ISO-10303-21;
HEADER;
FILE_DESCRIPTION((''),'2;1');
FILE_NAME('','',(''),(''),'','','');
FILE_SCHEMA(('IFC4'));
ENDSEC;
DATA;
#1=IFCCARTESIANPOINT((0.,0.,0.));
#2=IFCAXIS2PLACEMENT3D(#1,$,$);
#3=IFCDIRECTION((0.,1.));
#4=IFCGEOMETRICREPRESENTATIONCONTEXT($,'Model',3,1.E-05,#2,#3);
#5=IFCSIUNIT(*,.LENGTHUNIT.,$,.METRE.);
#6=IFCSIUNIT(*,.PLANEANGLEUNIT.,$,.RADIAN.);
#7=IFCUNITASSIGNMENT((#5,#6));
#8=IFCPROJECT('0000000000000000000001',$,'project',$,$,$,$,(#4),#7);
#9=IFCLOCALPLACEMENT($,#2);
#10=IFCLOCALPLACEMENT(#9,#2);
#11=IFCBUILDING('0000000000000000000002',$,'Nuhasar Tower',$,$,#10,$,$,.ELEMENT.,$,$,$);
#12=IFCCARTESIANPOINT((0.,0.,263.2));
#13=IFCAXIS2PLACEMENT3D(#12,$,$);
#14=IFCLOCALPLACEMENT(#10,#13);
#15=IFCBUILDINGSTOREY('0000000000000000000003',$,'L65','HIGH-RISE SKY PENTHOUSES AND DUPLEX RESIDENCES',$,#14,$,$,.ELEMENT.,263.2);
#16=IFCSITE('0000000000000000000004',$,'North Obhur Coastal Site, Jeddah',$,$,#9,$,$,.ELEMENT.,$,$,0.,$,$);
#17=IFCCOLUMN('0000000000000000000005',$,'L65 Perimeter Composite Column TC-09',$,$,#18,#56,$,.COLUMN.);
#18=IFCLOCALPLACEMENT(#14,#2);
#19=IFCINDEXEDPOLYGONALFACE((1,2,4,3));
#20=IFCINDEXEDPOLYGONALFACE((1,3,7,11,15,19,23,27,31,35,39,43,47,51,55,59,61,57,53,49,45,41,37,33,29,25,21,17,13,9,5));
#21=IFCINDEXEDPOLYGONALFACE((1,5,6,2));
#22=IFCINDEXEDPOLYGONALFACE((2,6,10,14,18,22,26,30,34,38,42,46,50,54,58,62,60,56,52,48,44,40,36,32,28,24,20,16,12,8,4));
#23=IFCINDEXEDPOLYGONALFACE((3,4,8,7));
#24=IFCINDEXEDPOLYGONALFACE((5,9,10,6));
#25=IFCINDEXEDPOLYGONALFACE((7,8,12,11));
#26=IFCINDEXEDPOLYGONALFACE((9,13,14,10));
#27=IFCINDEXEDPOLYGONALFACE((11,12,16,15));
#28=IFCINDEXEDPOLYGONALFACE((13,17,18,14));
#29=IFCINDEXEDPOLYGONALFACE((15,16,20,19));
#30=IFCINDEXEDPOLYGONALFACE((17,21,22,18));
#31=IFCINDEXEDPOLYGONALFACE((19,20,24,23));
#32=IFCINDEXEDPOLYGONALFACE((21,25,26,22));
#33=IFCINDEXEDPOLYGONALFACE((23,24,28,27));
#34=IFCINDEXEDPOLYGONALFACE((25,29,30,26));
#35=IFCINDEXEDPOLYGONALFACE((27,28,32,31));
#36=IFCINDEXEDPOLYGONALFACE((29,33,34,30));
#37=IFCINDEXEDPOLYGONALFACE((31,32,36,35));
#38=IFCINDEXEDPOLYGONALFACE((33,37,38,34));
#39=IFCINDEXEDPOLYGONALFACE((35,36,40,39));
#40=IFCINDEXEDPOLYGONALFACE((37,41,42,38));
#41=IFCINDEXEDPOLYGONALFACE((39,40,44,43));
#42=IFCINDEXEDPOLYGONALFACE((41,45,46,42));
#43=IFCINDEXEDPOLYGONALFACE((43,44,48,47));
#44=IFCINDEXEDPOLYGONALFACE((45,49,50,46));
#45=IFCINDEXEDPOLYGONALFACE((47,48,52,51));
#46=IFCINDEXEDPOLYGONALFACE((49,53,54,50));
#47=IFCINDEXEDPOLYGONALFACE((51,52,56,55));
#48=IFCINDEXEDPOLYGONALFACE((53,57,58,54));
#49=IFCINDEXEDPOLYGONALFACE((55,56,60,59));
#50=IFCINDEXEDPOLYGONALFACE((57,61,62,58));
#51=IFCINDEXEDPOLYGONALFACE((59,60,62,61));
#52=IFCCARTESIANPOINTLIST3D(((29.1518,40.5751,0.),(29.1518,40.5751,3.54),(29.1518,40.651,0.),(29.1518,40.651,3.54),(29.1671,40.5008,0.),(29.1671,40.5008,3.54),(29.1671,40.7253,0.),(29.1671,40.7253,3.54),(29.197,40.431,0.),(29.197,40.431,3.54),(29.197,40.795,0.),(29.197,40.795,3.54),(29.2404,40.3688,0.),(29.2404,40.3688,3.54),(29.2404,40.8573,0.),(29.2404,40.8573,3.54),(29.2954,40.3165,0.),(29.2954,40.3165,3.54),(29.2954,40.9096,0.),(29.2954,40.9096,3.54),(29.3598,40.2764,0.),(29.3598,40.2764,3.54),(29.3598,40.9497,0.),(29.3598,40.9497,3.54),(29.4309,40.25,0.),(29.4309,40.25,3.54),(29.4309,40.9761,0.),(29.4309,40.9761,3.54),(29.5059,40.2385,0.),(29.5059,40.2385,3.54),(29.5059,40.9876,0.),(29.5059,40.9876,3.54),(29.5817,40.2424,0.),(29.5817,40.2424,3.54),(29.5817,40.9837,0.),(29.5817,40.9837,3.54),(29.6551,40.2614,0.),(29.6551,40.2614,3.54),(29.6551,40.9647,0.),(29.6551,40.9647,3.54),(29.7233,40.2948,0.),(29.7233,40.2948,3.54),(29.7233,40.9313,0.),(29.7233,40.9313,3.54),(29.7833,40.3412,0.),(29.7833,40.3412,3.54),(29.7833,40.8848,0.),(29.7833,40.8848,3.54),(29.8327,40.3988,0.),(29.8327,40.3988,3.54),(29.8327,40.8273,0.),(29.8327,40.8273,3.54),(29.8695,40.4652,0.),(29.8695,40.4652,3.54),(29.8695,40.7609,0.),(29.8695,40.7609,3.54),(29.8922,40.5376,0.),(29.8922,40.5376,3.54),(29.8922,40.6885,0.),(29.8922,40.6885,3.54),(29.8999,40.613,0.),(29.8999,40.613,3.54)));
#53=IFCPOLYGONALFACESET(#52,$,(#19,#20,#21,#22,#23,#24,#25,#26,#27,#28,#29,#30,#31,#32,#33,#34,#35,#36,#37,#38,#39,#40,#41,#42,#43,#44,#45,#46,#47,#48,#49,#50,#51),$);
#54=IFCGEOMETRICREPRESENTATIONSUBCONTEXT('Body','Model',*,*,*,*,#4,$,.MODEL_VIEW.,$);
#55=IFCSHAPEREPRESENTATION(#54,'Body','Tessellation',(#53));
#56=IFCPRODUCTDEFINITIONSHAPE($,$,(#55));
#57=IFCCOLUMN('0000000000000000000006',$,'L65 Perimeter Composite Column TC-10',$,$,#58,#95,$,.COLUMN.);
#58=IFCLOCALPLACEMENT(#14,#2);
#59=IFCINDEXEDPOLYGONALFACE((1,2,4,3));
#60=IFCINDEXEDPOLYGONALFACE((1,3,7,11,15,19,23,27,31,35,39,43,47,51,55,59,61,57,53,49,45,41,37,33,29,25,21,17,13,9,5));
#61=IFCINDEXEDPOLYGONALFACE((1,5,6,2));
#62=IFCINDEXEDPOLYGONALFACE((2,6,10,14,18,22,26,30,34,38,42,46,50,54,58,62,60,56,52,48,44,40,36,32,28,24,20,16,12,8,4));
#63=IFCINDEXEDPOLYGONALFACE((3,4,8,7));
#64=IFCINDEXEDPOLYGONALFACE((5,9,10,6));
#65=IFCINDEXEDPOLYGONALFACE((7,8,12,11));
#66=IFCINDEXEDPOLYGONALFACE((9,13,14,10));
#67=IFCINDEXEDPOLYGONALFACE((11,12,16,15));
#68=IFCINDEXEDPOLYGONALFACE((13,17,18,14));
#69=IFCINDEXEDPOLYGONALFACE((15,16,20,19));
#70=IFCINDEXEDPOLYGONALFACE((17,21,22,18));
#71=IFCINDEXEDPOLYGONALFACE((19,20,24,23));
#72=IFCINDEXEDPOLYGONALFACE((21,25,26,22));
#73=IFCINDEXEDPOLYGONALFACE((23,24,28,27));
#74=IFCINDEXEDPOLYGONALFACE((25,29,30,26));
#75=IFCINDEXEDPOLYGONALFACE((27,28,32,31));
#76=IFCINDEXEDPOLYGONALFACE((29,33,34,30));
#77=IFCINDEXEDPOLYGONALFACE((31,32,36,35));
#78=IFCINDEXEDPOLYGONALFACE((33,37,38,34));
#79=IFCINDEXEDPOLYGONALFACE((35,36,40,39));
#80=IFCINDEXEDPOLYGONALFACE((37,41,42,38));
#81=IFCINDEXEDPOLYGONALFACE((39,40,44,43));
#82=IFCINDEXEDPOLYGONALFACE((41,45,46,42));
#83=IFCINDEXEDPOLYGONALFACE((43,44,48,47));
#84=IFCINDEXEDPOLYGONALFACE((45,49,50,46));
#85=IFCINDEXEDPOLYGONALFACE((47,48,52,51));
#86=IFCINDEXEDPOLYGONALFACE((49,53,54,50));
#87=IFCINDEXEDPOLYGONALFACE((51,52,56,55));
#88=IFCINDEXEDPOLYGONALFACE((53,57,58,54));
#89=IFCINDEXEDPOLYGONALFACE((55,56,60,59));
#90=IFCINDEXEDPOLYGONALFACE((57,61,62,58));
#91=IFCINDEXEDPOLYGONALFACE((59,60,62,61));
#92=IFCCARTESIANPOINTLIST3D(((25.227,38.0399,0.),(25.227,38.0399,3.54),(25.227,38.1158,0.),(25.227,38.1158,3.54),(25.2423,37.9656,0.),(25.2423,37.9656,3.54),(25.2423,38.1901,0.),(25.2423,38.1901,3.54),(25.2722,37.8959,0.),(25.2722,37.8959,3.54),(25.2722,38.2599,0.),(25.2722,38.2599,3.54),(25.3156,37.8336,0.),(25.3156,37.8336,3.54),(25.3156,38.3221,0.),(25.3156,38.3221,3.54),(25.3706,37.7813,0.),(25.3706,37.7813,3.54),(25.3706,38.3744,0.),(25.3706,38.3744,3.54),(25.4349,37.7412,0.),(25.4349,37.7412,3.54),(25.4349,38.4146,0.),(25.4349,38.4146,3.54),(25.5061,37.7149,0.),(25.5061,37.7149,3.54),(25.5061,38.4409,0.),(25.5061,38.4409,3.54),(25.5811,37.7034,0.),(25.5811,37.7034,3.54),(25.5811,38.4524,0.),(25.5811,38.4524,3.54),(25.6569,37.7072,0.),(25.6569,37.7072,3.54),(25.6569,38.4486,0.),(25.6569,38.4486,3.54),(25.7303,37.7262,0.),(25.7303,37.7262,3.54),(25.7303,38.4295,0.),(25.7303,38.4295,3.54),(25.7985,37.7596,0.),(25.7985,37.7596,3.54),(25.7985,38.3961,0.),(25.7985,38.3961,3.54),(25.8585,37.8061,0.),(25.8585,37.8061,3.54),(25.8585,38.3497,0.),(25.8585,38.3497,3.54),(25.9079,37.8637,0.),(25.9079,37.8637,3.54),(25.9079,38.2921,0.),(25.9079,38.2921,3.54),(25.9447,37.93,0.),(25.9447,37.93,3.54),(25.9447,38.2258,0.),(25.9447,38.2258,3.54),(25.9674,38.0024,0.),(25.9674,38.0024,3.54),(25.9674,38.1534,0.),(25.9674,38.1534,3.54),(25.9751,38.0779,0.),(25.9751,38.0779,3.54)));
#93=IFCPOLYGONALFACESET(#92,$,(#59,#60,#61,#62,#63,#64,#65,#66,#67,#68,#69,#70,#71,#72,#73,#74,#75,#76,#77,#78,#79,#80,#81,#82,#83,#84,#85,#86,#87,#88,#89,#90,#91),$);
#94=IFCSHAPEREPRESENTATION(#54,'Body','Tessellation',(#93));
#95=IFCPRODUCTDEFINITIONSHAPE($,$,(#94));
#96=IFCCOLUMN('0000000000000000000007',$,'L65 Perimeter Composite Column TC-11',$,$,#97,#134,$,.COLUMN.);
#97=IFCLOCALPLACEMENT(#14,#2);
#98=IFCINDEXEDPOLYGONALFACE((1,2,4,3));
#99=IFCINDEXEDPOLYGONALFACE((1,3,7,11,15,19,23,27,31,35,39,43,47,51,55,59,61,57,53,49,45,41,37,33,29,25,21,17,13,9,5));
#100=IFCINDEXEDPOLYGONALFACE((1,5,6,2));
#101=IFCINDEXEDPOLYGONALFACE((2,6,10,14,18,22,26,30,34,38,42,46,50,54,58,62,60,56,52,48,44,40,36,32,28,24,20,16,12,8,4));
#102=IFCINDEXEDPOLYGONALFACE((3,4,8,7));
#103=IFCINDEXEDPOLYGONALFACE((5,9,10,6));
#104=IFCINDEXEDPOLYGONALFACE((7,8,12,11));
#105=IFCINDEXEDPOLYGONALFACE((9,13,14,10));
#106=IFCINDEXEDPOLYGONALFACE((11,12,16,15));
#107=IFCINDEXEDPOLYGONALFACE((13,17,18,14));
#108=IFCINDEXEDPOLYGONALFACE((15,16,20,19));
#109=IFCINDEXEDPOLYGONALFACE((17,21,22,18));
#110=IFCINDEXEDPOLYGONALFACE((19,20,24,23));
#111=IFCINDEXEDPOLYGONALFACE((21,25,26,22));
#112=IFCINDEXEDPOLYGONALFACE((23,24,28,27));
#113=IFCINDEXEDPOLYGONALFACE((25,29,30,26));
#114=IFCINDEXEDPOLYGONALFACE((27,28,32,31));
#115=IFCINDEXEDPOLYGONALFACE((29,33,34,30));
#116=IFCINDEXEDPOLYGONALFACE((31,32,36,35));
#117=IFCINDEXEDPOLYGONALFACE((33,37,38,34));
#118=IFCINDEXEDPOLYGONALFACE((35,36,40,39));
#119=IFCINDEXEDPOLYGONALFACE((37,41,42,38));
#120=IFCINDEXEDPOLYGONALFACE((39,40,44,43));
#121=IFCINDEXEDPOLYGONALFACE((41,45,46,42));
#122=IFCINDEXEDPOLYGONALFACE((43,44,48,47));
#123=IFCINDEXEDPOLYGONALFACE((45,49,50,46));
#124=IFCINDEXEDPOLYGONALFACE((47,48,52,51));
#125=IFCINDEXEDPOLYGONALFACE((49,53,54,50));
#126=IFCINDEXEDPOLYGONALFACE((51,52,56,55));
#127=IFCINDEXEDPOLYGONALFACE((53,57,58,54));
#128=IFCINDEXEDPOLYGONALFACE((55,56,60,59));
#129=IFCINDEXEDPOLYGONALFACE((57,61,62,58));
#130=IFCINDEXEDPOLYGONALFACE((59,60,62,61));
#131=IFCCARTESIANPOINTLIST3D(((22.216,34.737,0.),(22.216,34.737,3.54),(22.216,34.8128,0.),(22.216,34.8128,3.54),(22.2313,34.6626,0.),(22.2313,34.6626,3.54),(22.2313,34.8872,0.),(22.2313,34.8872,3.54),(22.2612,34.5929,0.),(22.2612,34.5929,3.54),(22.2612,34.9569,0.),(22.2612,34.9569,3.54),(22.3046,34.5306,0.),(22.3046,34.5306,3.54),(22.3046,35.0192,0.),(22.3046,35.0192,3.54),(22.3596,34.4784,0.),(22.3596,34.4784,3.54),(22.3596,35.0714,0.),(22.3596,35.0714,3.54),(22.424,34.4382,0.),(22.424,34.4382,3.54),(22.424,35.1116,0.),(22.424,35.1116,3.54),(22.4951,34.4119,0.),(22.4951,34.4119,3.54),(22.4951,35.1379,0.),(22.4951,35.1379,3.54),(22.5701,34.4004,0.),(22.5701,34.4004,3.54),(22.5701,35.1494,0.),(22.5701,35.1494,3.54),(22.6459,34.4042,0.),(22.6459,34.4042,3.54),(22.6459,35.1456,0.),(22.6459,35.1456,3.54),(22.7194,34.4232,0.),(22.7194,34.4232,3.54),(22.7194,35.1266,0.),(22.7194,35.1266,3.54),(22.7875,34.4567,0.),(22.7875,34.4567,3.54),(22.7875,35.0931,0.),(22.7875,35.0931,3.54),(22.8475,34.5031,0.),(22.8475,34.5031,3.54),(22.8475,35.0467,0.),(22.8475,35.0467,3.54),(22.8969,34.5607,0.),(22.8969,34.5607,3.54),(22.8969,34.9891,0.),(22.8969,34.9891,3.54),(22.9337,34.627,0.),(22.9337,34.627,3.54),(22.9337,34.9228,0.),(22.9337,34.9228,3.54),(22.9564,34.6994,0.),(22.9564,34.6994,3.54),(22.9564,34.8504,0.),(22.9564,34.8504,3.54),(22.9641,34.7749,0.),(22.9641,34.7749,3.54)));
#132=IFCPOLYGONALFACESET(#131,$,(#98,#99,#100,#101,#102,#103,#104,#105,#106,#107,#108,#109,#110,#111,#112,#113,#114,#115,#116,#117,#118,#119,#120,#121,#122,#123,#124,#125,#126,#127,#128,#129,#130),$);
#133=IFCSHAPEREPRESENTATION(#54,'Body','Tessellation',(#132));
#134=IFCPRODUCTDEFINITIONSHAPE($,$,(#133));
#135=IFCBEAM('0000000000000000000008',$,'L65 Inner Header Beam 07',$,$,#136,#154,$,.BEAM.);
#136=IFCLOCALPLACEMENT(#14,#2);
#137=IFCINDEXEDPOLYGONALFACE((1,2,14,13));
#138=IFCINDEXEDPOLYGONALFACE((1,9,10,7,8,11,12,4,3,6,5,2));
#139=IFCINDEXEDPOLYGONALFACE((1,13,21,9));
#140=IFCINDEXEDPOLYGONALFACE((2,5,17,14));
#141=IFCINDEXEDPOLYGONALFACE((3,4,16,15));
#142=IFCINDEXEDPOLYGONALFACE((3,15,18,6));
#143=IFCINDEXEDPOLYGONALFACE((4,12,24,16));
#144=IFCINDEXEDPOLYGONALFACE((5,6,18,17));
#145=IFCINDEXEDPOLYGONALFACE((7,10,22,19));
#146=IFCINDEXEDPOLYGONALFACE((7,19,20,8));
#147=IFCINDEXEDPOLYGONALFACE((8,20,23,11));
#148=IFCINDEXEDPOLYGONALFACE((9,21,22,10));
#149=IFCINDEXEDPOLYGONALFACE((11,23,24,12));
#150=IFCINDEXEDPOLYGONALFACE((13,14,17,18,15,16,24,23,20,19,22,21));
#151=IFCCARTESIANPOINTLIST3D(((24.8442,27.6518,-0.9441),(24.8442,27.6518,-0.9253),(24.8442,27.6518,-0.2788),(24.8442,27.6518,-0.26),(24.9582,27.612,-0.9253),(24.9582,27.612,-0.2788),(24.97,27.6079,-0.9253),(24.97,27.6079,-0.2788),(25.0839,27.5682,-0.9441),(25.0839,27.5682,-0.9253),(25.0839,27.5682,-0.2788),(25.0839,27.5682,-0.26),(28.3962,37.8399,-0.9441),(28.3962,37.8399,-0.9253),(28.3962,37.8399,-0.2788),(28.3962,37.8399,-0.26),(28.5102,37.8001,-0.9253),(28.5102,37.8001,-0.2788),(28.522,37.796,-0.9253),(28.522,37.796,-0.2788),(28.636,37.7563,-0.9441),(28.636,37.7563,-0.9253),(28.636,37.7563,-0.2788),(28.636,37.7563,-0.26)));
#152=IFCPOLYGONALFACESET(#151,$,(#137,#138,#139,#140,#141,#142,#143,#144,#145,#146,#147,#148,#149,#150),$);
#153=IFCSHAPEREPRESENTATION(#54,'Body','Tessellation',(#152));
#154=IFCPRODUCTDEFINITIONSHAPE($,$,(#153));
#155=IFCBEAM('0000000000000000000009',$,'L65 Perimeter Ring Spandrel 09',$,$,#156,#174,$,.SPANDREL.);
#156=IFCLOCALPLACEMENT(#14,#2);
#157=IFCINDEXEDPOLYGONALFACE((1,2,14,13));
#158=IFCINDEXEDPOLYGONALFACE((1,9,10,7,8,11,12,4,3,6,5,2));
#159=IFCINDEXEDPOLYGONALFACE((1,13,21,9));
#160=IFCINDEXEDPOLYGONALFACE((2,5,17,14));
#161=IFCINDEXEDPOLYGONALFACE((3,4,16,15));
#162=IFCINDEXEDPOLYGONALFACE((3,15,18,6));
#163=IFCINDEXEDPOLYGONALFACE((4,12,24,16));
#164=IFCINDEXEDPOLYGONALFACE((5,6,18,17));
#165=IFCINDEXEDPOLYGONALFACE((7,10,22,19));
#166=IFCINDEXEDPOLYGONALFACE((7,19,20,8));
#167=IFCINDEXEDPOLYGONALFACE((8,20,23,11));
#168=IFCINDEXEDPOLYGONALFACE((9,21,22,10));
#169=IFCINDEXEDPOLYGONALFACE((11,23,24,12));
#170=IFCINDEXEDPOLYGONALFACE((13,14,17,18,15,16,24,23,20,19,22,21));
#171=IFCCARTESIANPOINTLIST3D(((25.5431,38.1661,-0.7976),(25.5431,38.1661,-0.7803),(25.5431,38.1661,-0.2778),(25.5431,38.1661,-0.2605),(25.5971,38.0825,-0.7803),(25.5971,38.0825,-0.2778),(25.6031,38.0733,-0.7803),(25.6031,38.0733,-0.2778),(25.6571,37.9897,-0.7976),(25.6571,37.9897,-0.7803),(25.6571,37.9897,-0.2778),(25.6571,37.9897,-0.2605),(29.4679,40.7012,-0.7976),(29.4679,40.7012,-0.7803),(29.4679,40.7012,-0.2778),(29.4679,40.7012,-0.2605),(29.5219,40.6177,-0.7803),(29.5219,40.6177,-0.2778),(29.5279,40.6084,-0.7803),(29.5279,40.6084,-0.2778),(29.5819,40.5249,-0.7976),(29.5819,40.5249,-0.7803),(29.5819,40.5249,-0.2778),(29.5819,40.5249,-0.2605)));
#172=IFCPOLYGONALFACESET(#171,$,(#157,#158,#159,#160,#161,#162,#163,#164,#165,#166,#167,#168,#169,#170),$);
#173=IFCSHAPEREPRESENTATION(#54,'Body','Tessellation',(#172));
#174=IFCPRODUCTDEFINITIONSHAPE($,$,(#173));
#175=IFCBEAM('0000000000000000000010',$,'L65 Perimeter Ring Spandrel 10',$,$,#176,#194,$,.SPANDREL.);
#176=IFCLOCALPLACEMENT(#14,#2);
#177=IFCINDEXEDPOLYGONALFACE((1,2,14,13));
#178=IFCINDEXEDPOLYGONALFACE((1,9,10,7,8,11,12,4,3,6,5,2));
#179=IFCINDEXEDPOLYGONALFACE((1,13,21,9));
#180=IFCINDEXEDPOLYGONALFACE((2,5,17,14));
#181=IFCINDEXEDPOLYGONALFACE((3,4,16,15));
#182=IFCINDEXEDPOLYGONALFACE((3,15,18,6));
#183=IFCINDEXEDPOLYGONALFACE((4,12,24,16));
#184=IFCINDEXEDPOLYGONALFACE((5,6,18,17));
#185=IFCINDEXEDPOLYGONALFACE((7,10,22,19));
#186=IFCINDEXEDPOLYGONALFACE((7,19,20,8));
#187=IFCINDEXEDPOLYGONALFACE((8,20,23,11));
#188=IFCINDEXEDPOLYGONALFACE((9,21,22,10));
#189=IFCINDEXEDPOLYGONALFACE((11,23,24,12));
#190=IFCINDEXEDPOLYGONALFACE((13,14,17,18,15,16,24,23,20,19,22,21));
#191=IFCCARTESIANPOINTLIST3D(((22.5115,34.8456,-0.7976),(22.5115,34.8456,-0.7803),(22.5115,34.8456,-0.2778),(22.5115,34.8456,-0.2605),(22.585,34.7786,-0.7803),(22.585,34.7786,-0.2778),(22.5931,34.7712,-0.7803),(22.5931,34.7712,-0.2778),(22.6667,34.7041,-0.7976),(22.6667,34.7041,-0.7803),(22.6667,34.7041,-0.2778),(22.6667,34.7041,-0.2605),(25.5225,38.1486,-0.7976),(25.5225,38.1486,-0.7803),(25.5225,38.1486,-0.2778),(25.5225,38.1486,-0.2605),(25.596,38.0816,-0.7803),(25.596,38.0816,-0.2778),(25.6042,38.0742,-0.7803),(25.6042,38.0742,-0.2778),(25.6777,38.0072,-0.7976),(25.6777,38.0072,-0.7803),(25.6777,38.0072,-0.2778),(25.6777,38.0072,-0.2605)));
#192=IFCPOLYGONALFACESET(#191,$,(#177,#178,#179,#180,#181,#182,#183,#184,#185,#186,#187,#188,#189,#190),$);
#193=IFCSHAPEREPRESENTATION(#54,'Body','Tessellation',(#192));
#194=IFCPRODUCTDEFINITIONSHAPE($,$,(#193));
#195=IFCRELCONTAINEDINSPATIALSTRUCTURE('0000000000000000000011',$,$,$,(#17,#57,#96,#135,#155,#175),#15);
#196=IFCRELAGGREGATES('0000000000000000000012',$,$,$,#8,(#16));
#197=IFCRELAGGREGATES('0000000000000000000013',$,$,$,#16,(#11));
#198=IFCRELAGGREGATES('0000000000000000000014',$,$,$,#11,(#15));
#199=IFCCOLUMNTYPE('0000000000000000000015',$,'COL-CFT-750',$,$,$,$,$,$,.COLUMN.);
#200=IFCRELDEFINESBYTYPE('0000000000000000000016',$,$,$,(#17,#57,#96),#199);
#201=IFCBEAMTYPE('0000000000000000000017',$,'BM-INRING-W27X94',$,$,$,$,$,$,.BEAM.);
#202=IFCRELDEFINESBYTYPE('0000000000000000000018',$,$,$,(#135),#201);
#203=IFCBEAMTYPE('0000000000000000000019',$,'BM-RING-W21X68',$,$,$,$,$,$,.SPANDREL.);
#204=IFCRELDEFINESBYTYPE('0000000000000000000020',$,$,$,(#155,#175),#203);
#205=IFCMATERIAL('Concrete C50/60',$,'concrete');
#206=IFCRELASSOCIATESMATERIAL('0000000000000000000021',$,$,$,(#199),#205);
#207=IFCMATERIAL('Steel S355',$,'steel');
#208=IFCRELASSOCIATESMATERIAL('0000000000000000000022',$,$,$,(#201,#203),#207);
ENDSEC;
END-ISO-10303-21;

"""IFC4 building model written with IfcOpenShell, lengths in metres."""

from ifc_helpers import new_model, si_unit, direction, frame, origin, origin_2d, place, context, subcontext, project, spatial, circle, i_section, extrude, material, material_profile, profile_set, type_object, element, save


model = new_model("IFC4")

# Units and contexts
model_context = context("Model", 3, precision=1e-05, world=origin(), true_north=direction((0.0, 1.0)))
body_context = subcontext(model_context, "Body", "Model", "MODEL_VIEW")
ifc_project = project(units=[si_unit("LENGTHUNIT", "METRE"), si_unit("PLANEANGLEUNIT", "RADIAN")], contexts=[model_context])

# Site, building, storey
site_placement = place(None, origin())
site = spatial("IfcSite", under=ifc_project, at=site_placement, Name="North Obhur Coastal Site, Jeddah", CompositionType="ELEMENT", RefElevation=0.0)
building_placement = place(site_placement, origin())
building = spatial("IfcBuilding", under=site, at=building_placement, Name="Nuhasar Tower", CompositionType="ELEMENT")
storey_placement = place(building_placement, frame((0.0, 0.0, 263.2)))
storey = spatial("IfcBuildingStorey", under=building, at=storey_placement, Name="L65", Description="HIGH-RISE SKY PENTHOUSES AND DUPLEX RESIDENCES", CompositionType="ELEMENT", Elevation=263.2)

# Columns
ifc_material_1 = material(Name="Concrete C50/60", Category="concrete")
ifc_material_profile_1 = material_profile(ifc_material_1, circle(Radius=0.375, at=origin_2d()), Name="CFT750")
ifc_profile_set_1 = profile_set([ifc_material_profile_1], Name="Concrete C50/60")
column_type = type_object("IfcColumnType", Name="COL-CFT-750", PredefinedType="COLUMN", material=ifc_profile_set_1)
for number, where, z_axis, x_axis, name in (
    (1, (29.5249, 40.613, 0.0), (0.0, 0.0, 1.0), (1.0, 0.0, 0.0), "L65 Perimeter Composite Column TC-09"),
    (2, (25.6001, 38.0779, 0.0), (0.0, 0.0, 1.0), (1.0, 0.0, 0.0), "L65 Perimeter Composite Column TC-10"),
    (3, (22.5891, 34.7749, 0.0), (0.0, 0.0, 1.0), (1.0, 0.0, 0.0), "L65 Perimeter Composite Column TC-11"),
):
    element("IfcColumn", number, at=place(storey_placement, frame(where, z_axis=z_axis, x_axis=x_axis)), inside=storey, type_object=column_type, Name=name, PredefinedType="COLUMN", context=body_context, shape_type="SweptSolid", body=[
        extrude(circle(Radius=0.375, at=origin_2d()), origin(), (0.0, 0.0, 1.0), 3.54),
    ])

# Beams
ifc_material_2 = material(Name="Steel S355", Category="steel")
ifc_material_profile_2 = material_profile(ifc_material_2, i_section(OverallWidth=0.2539, OverallDepth=0.6841, WebThickness=0.0125, FlangeThickness=0.0188, at=origin_2d()), Name="W27X94")
ifc_profile_set_2 = profile_set([ifc_material_profile_2], Name="Steel S355")
beam_type_1 = type_object("IfcBeamType", Name="BM-INRING-W27X94", PredefinedType="BEAM", material=ifc_profile_set_2)
beam_1_placement = place(storey_placement, frame((28.5161, 37.7981, -0.6021), z_axis=(-0.329211, -0.944256, 0.0), x_axis=(0.944256, -0.329211, 0.0)))
element("IfcBeam", 4, at=beam_1_placement, inside=storey, type_object=beam_type_1, Name="L65 Inner Header Beam 07", PredefinedType="BEAM", context=body_context, shape_type="SweptSolid", body=[
    extrude(i_section(OverallWidth=0.2539, OverallDepth=0.6841, WebThickness=0.0125, FlangeThickness=0.0188, at=origin_2d()), origin(), (0.0, 0.0, 1.0), 10.7896),
])
ifc_material_profile_3 = material_profile(ifc_material_2, i_section(OverallWidth=0.21, OverallDepth=0.5371, WebThickness=0.011, FlangeThickness=0.0173, at=origin_2d()), Name="W21X68")
ifc_profile_set_3 = profile_set([ifc_material_profile_3], Name="Steel S355")
beam_type_2 = type_object("IfcBeamType", Name="BM-RING-W21X68", PredefinedType="SPANDREL", material=ifc_profile_set_3)
beam_2_placement = place(storey_placement, frame((29.5249, 40.613, -0.5291), z_axis=(-0.840002, -0.542584, 0.0), x_axis=(0.542584, -0.840002, 0.0)))
element("IfcBeam", 5, at=beam_2_placement, inside=storey, type_object=beam_type_2, Name="L65 Perimeter Ring Spandrel 09", PredefinedType="SPANDREL", context=body_context, shape_type="SweptSolid", body=[
    extrude(i_section(OverallWidth=0.21, OverallDepth=0.5371, WebThickness=0.011, FlangeThickness=0.0173, at=origin_2d()), origin(), (0.0, 0.0, 1.0), 4.6724),
])
beam_3_placement = place(storey_placement, frame((25.6001, 38.0779, -0.5291), z_axis=(-0.673686, -0.739017, 0.0), x_axis=(0.739017, -0.673686, 0.0)))
element("IfcBeam", 6, at=beam_3_placement, inside=storey, type_object=beam_type_2, Name="L65 Perimeter Ring Spandrel 10", PredefinedType="SPANDREL", context=body_context, shape_type="SweptSolid", body=[
    extrude(i_section(OverallWidth=0.21, OverallDepth=0.5371, WebThickness=0.011, FlangeThickness=0.0173, at=origin_2d()), origin(), (0.0, 0.0, 1.0), 4.4695),
])

save(model, "model.ifc")
